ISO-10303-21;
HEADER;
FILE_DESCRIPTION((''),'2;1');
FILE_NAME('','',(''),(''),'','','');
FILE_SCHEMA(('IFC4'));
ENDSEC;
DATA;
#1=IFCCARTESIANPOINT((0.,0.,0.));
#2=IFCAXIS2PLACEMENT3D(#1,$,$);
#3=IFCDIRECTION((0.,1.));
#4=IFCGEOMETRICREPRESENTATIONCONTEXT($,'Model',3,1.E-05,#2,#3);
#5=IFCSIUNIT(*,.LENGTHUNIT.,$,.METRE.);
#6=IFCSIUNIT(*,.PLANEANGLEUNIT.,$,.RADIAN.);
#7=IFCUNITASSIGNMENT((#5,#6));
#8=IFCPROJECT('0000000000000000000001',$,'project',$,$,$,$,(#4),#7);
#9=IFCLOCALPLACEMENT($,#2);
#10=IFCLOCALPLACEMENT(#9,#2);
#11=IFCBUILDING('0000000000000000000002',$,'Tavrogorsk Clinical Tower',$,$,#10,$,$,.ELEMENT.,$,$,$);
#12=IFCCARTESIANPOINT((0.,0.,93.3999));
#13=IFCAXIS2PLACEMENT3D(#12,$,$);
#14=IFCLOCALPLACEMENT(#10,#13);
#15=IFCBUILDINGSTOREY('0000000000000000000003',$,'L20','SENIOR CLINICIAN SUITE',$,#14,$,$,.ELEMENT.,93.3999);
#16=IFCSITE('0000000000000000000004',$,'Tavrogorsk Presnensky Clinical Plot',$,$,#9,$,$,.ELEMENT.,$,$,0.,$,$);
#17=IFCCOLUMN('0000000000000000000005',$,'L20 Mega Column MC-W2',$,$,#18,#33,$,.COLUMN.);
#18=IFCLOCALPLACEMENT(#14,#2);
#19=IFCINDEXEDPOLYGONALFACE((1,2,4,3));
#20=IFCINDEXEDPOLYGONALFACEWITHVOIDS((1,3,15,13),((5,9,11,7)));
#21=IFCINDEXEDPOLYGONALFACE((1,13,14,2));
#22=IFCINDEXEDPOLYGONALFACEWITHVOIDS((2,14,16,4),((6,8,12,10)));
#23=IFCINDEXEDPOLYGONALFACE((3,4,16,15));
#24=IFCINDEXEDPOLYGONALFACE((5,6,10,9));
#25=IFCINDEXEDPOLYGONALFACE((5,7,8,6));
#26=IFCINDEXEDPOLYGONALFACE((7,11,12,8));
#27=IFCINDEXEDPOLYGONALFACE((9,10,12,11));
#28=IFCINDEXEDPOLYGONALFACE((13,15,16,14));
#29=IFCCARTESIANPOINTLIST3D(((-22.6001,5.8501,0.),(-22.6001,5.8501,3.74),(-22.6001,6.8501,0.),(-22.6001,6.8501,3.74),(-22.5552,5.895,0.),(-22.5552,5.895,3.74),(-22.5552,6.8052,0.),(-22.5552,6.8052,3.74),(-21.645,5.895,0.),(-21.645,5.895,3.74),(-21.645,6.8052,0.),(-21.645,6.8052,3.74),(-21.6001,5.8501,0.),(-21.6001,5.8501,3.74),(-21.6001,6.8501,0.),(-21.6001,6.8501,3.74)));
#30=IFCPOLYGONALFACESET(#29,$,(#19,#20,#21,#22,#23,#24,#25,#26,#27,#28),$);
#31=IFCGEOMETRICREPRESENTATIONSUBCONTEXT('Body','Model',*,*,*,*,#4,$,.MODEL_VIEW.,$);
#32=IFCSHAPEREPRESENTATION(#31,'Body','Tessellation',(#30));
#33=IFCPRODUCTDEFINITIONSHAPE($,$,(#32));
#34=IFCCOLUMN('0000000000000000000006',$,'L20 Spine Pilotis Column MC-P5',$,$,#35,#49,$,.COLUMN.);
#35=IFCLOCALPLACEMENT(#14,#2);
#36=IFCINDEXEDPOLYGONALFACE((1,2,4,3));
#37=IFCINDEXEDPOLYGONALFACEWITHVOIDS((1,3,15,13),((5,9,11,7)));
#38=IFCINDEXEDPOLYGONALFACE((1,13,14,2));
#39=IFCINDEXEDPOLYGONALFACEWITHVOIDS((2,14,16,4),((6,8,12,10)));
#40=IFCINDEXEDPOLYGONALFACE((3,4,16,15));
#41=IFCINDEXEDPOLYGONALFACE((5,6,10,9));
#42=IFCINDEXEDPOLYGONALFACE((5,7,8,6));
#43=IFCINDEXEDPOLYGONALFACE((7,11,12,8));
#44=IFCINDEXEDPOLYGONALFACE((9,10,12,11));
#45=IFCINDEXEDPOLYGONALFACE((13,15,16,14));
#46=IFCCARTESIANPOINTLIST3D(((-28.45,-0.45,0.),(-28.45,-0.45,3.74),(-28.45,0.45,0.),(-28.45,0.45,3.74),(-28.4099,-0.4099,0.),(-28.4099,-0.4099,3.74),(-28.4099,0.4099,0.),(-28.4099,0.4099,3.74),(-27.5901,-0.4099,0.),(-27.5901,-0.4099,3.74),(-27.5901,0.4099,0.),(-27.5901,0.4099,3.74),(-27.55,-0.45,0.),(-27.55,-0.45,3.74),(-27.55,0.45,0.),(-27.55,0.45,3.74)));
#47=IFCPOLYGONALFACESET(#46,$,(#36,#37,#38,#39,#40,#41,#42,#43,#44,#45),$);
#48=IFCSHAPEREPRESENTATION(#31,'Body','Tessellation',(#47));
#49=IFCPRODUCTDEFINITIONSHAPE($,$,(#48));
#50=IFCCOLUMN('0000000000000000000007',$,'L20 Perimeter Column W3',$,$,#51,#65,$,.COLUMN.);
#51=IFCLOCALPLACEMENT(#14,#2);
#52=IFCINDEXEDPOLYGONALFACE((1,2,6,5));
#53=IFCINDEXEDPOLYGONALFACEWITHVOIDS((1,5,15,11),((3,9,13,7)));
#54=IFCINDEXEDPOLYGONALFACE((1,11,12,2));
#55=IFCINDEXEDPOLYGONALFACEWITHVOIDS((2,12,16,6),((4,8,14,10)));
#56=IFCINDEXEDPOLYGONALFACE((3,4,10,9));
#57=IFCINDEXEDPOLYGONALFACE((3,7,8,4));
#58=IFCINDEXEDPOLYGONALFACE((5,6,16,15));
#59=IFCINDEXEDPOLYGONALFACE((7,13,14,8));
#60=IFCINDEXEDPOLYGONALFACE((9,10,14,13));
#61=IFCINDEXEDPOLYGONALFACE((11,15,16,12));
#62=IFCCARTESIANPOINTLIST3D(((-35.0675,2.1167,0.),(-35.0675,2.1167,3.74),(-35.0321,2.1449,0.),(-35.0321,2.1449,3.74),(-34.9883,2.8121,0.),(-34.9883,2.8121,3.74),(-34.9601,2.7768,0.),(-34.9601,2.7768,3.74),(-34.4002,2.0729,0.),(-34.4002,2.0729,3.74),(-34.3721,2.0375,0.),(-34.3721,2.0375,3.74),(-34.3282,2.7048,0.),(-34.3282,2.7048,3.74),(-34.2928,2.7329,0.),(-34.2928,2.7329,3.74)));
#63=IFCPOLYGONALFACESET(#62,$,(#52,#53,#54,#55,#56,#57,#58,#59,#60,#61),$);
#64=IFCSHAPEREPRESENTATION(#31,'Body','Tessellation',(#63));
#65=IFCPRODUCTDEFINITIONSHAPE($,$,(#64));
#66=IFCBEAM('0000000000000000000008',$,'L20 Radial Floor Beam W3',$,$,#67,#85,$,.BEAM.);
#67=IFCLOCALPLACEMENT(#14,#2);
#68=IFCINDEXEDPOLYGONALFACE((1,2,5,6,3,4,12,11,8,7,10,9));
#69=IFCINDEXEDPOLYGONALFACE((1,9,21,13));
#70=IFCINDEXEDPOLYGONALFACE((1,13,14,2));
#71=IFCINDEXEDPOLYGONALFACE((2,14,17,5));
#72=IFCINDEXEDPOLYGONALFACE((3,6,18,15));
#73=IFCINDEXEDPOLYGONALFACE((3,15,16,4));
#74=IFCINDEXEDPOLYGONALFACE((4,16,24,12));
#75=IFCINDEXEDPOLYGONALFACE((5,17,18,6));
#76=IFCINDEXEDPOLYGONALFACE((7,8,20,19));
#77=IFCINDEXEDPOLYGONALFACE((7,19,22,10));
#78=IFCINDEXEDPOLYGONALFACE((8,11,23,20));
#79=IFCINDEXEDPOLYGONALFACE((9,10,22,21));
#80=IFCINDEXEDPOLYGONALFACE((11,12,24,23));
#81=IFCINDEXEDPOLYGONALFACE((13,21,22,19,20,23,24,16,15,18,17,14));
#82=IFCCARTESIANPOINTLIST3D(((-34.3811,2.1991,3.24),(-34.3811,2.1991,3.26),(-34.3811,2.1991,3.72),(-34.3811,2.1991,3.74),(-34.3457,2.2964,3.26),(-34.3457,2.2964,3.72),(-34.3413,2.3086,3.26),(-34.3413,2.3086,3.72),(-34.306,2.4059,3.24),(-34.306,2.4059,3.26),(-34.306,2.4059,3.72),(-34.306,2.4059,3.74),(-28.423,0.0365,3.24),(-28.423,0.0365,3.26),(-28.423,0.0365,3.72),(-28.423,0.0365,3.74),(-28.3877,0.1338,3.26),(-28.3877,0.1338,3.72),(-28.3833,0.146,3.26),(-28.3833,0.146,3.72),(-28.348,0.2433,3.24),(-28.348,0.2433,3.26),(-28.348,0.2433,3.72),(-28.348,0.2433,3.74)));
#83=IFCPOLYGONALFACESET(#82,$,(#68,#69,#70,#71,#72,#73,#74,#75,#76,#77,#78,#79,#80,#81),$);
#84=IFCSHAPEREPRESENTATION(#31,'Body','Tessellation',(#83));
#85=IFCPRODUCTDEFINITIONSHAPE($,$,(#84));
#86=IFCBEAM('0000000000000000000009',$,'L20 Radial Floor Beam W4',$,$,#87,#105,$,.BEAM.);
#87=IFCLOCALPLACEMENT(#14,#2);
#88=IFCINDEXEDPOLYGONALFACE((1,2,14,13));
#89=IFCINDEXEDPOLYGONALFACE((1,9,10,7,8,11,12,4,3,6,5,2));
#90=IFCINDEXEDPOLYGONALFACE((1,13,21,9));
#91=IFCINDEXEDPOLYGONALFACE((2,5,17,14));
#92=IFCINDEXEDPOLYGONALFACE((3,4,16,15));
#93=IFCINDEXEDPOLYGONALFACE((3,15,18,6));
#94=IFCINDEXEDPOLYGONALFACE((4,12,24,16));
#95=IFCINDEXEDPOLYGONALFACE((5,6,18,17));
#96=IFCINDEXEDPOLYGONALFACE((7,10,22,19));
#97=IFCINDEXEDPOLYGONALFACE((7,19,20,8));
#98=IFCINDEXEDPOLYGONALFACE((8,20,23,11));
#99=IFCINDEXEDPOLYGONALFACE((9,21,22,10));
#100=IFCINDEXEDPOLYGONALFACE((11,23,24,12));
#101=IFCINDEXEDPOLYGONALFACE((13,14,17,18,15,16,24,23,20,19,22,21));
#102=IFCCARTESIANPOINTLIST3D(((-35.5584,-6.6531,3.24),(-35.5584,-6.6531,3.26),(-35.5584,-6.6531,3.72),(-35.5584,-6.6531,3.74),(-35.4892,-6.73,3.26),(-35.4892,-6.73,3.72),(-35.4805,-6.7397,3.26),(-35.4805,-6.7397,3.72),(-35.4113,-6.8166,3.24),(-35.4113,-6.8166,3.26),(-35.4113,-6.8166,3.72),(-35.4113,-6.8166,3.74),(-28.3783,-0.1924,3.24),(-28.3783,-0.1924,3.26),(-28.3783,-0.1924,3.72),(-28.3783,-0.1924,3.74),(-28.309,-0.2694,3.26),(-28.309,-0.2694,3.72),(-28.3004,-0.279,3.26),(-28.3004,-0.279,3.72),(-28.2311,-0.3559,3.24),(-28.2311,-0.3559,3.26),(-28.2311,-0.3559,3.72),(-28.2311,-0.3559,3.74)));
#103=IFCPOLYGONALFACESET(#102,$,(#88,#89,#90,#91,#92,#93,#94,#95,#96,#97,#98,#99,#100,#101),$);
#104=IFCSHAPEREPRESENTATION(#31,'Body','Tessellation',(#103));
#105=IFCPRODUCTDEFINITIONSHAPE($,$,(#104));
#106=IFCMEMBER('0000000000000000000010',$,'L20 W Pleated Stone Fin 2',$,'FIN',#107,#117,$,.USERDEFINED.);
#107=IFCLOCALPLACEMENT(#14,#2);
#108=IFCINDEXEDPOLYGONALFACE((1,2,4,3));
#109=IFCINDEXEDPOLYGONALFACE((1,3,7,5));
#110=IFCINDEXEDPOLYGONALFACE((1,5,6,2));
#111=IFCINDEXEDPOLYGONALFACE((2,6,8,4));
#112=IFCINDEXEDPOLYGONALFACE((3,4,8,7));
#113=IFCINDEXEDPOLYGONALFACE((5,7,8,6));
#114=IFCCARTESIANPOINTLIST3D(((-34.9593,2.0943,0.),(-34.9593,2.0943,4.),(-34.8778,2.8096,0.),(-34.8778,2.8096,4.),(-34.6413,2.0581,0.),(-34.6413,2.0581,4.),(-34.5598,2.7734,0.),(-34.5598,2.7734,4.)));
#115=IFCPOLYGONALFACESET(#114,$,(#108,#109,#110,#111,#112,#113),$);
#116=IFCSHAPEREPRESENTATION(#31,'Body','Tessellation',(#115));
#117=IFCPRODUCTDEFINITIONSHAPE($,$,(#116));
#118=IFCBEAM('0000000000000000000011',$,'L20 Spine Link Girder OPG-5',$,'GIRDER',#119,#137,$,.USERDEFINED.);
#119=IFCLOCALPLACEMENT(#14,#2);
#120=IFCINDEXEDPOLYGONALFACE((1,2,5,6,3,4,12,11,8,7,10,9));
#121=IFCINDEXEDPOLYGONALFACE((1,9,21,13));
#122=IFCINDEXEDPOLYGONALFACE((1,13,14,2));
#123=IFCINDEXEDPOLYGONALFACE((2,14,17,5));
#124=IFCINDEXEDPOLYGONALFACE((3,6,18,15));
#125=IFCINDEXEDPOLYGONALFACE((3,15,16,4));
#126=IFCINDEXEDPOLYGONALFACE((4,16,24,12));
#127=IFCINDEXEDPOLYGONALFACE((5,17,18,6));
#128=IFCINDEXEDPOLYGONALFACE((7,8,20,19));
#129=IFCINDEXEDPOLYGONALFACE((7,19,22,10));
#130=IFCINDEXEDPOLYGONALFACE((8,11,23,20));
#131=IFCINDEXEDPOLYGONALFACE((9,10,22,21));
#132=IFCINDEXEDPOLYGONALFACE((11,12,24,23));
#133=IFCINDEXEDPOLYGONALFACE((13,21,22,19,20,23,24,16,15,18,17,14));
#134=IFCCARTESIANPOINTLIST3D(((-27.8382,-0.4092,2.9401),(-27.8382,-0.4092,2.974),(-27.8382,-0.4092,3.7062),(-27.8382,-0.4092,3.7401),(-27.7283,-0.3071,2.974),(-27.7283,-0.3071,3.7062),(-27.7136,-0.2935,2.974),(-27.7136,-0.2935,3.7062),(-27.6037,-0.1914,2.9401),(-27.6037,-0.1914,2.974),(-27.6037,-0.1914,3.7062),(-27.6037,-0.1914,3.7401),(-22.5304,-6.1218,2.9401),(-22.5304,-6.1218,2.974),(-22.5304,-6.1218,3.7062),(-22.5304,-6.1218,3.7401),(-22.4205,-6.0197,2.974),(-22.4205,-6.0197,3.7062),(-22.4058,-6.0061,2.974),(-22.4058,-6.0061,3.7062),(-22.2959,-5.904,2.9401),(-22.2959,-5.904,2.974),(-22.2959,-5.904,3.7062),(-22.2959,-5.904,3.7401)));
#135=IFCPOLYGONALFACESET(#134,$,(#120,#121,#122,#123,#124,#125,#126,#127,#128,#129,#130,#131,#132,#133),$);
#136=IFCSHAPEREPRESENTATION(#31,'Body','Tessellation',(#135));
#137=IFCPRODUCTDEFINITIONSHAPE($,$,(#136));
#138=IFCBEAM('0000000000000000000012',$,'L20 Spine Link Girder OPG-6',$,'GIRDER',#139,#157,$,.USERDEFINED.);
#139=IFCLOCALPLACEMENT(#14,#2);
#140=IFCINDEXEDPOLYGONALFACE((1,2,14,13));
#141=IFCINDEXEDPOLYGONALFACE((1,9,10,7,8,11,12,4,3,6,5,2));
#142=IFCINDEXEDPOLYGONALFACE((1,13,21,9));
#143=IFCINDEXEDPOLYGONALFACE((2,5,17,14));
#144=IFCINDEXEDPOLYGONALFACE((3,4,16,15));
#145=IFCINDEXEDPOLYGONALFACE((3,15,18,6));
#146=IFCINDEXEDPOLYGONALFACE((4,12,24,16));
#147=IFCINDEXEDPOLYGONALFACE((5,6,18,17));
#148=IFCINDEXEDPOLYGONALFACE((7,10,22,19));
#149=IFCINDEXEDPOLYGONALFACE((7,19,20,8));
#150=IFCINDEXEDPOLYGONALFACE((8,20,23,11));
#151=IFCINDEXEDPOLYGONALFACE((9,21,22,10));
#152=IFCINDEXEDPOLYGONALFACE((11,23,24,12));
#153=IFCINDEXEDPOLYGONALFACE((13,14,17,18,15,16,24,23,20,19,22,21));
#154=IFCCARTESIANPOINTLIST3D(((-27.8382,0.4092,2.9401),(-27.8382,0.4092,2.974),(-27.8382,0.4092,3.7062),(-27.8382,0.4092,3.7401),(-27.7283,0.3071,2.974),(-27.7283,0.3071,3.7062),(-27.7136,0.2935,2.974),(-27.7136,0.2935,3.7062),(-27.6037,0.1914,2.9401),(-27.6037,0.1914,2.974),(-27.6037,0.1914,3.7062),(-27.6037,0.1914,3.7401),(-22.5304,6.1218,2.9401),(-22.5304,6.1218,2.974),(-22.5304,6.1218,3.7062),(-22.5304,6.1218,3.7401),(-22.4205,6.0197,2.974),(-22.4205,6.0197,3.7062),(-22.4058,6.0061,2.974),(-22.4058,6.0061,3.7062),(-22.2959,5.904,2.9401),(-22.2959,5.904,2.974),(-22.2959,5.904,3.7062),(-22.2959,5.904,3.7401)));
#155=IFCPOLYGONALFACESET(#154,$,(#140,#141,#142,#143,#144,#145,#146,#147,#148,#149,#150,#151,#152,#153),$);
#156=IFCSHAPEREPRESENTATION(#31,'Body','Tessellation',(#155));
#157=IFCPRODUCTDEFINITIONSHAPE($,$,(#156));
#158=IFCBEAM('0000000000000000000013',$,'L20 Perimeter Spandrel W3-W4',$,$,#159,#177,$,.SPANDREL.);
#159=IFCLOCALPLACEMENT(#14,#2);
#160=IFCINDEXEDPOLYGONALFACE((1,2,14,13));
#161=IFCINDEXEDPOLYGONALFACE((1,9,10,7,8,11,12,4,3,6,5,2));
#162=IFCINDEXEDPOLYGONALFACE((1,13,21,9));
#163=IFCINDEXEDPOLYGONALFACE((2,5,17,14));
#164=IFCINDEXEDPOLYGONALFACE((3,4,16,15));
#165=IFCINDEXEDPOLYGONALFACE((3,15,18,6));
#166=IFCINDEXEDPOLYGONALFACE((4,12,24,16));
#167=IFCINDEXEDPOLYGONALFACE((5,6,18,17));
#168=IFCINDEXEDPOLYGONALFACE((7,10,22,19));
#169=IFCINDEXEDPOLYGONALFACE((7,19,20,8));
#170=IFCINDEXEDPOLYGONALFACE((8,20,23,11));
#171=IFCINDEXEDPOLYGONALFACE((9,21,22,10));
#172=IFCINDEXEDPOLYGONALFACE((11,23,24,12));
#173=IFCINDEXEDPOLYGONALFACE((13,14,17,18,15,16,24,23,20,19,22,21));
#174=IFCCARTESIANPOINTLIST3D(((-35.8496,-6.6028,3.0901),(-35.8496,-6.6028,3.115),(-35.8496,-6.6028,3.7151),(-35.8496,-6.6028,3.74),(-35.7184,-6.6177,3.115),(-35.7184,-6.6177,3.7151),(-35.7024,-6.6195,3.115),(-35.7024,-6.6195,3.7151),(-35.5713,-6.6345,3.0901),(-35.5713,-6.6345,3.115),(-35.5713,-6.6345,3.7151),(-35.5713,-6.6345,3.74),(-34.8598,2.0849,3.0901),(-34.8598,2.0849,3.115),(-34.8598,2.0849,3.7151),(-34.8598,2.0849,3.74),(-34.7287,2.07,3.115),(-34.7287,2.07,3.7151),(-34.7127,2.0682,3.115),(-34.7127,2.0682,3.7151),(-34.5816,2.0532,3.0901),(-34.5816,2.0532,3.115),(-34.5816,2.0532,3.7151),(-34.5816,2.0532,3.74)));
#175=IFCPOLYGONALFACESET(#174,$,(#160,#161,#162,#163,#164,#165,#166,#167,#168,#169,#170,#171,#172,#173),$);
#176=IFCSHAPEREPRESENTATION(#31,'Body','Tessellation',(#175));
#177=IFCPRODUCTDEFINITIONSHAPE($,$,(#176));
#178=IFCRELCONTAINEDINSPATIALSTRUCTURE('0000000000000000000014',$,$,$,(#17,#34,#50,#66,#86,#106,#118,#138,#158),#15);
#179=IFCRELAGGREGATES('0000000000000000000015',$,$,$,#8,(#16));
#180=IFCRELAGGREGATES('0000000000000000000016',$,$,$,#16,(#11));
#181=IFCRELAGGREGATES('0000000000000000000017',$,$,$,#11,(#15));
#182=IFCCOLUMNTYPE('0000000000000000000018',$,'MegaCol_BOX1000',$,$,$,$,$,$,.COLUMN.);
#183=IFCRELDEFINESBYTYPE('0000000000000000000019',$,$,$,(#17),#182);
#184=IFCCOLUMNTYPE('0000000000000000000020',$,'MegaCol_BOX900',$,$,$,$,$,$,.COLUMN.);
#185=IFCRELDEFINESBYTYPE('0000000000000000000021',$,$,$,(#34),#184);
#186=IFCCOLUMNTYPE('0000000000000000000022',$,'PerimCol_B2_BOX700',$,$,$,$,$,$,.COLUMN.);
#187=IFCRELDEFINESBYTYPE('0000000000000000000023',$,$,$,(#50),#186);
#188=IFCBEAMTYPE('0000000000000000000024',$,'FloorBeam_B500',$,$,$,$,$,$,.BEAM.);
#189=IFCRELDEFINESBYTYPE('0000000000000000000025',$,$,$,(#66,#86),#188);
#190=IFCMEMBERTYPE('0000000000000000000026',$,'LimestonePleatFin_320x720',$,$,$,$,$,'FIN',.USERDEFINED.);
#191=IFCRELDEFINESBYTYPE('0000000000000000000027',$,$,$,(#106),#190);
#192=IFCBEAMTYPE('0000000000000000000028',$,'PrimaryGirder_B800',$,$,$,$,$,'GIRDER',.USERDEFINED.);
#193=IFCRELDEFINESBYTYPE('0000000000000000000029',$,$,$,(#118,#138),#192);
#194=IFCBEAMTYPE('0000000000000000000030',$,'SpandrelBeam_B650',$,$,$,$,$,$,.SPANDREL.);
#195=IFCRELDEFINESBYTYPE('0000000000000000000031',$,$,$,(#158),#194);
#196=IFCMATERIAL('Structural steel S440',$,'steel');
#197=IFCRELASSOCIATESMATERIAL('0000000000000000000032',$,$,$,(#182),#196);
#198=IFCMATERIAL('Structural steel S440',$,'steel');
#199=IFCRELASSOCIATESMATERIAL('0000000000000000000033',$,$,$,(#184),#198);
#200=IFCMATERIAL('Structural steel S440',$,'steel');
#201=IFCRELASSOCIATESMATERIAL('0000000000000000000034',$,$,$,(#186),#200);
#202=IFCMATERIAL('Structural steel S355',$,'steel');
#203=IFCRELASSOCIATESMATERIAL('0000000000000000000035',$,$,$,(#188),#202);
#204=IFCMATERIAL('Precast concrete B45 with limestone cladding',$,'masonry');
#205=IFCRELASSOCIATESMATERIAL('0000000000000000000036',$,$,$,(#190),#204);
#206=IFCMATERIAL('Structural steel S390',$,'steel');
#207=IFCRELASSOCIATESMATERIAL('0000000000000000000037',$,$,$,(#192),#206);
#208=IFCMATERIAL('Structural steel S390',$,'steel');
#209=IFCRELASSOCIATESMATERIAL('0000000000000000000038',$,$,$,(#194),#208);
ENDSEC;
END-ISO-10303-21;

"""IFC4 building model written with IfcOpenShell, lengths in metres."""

from ifc_helpers import new_model, si_unit, direction, frame, origin, origin_2d, place, context, subcontext, project, spatial, rectangle, hollow_rectangle, i_section, extrude, material, material_profile, profile_set, type_object, element, save


model = new_model("IFC4")

# Units and contexts
model_context = context("Model", 3, precision=1e-05, world=origin(), true_north=direction((0.0, 1.0)))
body_context = subcontext(model_context, "Body", "Model", "MODEL_VIEW")
ifc_project = project(units=[si_unit("LENGTHUNIT", "METRE"), si_unit("PLANEANGLEUNIT", "RADIAN")], contexts=[model_context])

# Site, building, storey
site_placement = place(None, origin())
site = spatial("IfcSite", under=ifc_project, at=site_placement, Name="Tavrogorsk Presnensky Clinical Plot", CompositionType="ELEMENT", RefElevation=0.0)
building_placement = place(site_placement, origin())
building = spatial("IfcBuilding", under=site, at=building_placement, Name="Tavrogorsk Clinical Tower", CompositionType="ELEMENT")
storey_placement = place(building_placement, frame((0.0, 0.0, 93.3999)))
storey = spatial("IfcBuildingStorey", under=building, at=storey_placement, Name="L20", Description="SENIOR CLINICIAN SUITE", CompositionType="ELEMENT", Elevation=93.3999)

# Columns
ifc_material_1 = material(Name="Structural steel S440", Category="steel")
ifc_material_profile_1 = material_profile(ifc_material_1, hollow_rectangle(XDim=1.0, YDim=1.0, WallThickness=0.0449, at=origin_2d()), Name="BOX-1000x1000x45")
ifc_profile_set_1 = profile_set([ifc_material_profile_1], Name="Structural steel S440")
column_type_1 = type_object("IfcColumnType", Name="MegaCol_BOX1000", PredefinedType="COLUMN", material=ifc_profile_set_1)
column_1_placement = place(storey_placement, frame((-22.1001, 6.3501, 0.0), z_axis=(0.0, 0.0, 1.0), x_axis=(1.0, 0.0, 0.0)))
element("IfcColumn", 1, at=column_1_placement, inside=storey, type_object=column_type_1, Name="L20 Mega Column MC-W2", PredefinedType="COLUMN", context=body_context, shape_type="SweptSolid", body=[
    extrude(hollow_rectangle(XDim=1.0, YDim=1.0, WallThickness=0.0449, at=origin_2d()), origin(), (0.0, 0.0, 1.0), 3.74),
])
ifc_material_2 = material(Name="Structural steel S440", Category="steel")
ifc_material_profile_2 = material_profile(ifc_material_2, hollow_rectangle(XDim=0.8999, YDim=0.8999, WallThickness=0.04, at=origin_2d()), Name="BOX-900x900x40")
ifc_profile_set_2 = profile_set([ifc_material_profile_2], Name="Structural steel S440")
column_type_2 = type_object("IfcColumnType", Name="MegaCol_BOX900", PredefinedType="COLUMN", material=ifc_profile_set_2)
column_2_placement = place(storey_placement, frame((-28.0, 0.0, 0.0), z_axis=(0.0, 0.0, 1.0), x_axis=(1.0, 0.0, 0.0)))
element("IfcColumn", 2, at=column_2_placement, inside=storey, type_object=column_type_2, Name="L20 Spine Pilotis Column MC-P5", PredefinedType="COLUMN", context=body_context, shape_type="SweptSolid", body=[
    extrude(hollow_rectangle(XDim=0.8999, YDim=0.8999, WallThickness=0.04, at=origin_2d()), origin(), (0.0, 0.0, 1.0), 3.74),
])
ifc_material_3 = material(Name="Structural steel S440", Category="steel")
ifc_material_profile_3 = material_profile(ifc_material_3, hollow_rectangle(XDim=0.7, YDim=0.7, WallThickness=0.032, at=origin_2d()), Name="BOX-700x700x32")
ifc_profile_set_3 = profile_set([ifc_material_profile_3], Name="Structural steel S440")
column_type_3 = type_object("IfcColumnType", Name="PerimCol_B2_BOX700", PredefinedType="COLUMN", material=ifc_profile_set_3)
column_3_placement = place(storey_placement, frame((-34.6802, 2.4248, 0.0), z_axis=(0.0, 0.0, 1.0), x_axis=(0.993572, -0.113203, 0.0)))
element("IfcColumn", 3, at=column_3_placement, inside=storey, type_object=column_type_3, Name="L20 Perimeter Column W3", PredefinedType="COLUMN", context=body_context, shape_type="SweptSolid", body=[
    extrude(hollow_rectangle(XDim=0.7, YDim=0.7, WallThickness=0.032, at=origin_2d()), origin(), (0.0, 0.0, 1.0), 3.74),
])

# Beams
ifc_material_4 = material(Name="Structural steel S355", Category="steel")
ifc_material_profile_4 = material_profile(ifc_material_4, i_section(OverallWidth=0.22, OverallDepth=0.5, WebThickness=0.0129, FlangeThickness=0.02, at=origin_2d()), Name="B-500x220x13x20")
ifc_profile_set_4 = profile_set([ifc_material_profile_4], Name="Structural steel S355")
beam_type_1 = type_object("IfcBeamType", Name="FloorBeam_B500", PredefinedType="BEAM", material=ifc_profile_set_4)
beam_1_placement = place(storey_placement, frame((-28.3855, 0.1399, 3.49), z_axis=(-0.939993, 0.341193, 0.0), x_axis=(-0.341193, -0.939993, 0.0)))
element("IfcBeam", 4, at=beam_1_placement, inside=storey, type_object=beam_type_1, Name="L20 Radial Floor Beam W3", PredefinedType="BEAM", context=body_context, shape_type="SweptSolid", body=[
    extrude(i_section(OverallWidth=0.22, OverallDepth=0.5, WebThickness=0.0129, FlangeThickness=0.02, at=origin_2d()), origin(), (0.0, 0.0, 1.0), 6.3384),
])
beam_2_placement = place(storey_placement, frame((-28.3047, -0.2742, 3.49), z_axis=(-0.74337, -0.668881, 0.0), x_axis=(0.668881, -0.74337, 0.0)))
element("IfcBeam", 5, at=beam_2_placement, inside=storey, type_object=beam_type_1, Name="L20 Radial Floor Beam W4", PredefinedType="BEAM", context=body_context, shape_type="SweptSolid", body=[
    extrude(i_section(OverallWidth=0.22, OverallDepth=0.5, WebThickness=0.0129, FlangeThickness=0.02, at=origin_2d()), origin(), (0.0, 0.0, 1.0), 9.6589),
])

# Member
ifc_material_5 = material(Name="Precast concrete B45 with limestone cladding", Category="masonry")
ifc_material_profile_5 = material_profile(ifc_material_5, rectangle(XDim=0.3201, YDim=0.72, at=origin_2d()), Name="LIMESTONE-FIN-320x720")
ifc_profile_set_5 = profile_set([ifc_material_profile_5], Name="Precast concrete B45 with limestone cladding")
member_type = type_object("IfcMemberType", Name="LimestonePleatFin_320x720", ElementType="FIN", PredefinedType="USERDEFINED", material=ifc_profile_set_5)
member_placement = place(storey_placement, frame((-34.7595, 2.4338, 0.0), z_axis=(0.0, 0.0, 1.0), x_axis=(0.993572, -0.113203, 0.0)))
element("IfcMember", 6, at=member_placement, inside=storey, type_object=member_type, Name="L20 W Pleated Stone Fin 2", ObjectType="FIN", PredefinedType="USERDEFINED", context=body_context, shape_type="SweptSolid", body=[
    extrude(rectangle(XDim=0.3201, YDim=0.72, at=origin_2d()), origin(), (0.0, 0.0, 1.0), 4.0),
])

# Beams
ifc_material_6 = material(Name="Structural steel S390", Category="steel")
ifc_material_profile_6 = material_profile(ifc_material_6, i_section(OverallWidth=0.3201, OverallDepth=0.8, WebThickness=0.02, FlangeThickness=0.0339, at=origin_2d()), Name="B-800x320x20x34")
ifc_profile_set_6 = profile_set([ifc_material_profile_6], Name="Structural steel S390")
beam_type_2 = type_object("IfcBeamType", Name="PrimaryGirder_B800", ElementType="GIRDER", PredefinedType="USERDEFINED", material=ifc_profile_set_6)
for number, where, z_axis, x_axis, name in (
    (7, (-27.7209, -0.3003, 3.3401), (0.680676, -0.732585, 0.0), (0.732585, 0.680676, 0.0), "L20 Spine Link Girder OPG-5"),
    (8, (-27.7209, 0.3003, 3.3401), (0.680676, 0.732585, 0.0), (-0.732585, 0.680676, 0.0), "L20 Spine Link Girder OPG-6"),
):
    element("IfcBeam", number, at=place(storey_placement, frame(where, z_axis=z_axis, x_axis=x_axis)), inside=storey, type_object=beam_type_2, Name=name, ObjectType="GIRDER", PredefinedType="USERDEFINED", context=body_context, shape_type="SweptSolid", body=[
        extrude(i_section(OverallWidth=0.3201, OverallDepth=0.8, WebThickness=0.02, FlangeThickness=0.0339, at=origin_2d()), origin(), (0.0, 0.0, 1.0), 7.7979),
    ])
ifc_material_7 = material(Name="Structural steel S390", Category="steel")
ifc_material_profile_7 = material_profile(ifc_material_7, i_section(OverallWidth=0.28, OverallDepth=0.6499, WebThickness=0.0161, FlangeThickness=0.0249, at=origin_2d()), Name="B-650x280x16x25")
ifc_profile_set_7 = profile_set([ifc_material_profile_7], Name="Structural steel S390")
beam_type_3 = type_object("IfcBeamType", Name="SpandrelBeam_B650", PredefinedType="SPANDREL", material=ifc_profile_set_7)
beam_3_placement = place(storey_placement, frame((-34.7207, 2.0691, 3.415), z_axis=(-0.113192, -0.993573, 0.0), x_axis=(0.993573, -0.113192, 0.0)))
element("IfcBeam", 9, at=beam_3_placement, inside=storey, type_object=beam_type_3, Name="L20 Perimeter Spandrel W3-W4", PredefinedType="SPANDREL", context=body_context, shape_type="SweptSolid", body=[
    extrude(i_section(OverallWidth=0.28, OverallDepth=0.6499, WebThickness=0.0161, FlangeThickness=0.0249, at=origin_2d()), origin(), (0.0, 0.0, 1.0), 8.7439),
])

save(model, "model.ifc")
